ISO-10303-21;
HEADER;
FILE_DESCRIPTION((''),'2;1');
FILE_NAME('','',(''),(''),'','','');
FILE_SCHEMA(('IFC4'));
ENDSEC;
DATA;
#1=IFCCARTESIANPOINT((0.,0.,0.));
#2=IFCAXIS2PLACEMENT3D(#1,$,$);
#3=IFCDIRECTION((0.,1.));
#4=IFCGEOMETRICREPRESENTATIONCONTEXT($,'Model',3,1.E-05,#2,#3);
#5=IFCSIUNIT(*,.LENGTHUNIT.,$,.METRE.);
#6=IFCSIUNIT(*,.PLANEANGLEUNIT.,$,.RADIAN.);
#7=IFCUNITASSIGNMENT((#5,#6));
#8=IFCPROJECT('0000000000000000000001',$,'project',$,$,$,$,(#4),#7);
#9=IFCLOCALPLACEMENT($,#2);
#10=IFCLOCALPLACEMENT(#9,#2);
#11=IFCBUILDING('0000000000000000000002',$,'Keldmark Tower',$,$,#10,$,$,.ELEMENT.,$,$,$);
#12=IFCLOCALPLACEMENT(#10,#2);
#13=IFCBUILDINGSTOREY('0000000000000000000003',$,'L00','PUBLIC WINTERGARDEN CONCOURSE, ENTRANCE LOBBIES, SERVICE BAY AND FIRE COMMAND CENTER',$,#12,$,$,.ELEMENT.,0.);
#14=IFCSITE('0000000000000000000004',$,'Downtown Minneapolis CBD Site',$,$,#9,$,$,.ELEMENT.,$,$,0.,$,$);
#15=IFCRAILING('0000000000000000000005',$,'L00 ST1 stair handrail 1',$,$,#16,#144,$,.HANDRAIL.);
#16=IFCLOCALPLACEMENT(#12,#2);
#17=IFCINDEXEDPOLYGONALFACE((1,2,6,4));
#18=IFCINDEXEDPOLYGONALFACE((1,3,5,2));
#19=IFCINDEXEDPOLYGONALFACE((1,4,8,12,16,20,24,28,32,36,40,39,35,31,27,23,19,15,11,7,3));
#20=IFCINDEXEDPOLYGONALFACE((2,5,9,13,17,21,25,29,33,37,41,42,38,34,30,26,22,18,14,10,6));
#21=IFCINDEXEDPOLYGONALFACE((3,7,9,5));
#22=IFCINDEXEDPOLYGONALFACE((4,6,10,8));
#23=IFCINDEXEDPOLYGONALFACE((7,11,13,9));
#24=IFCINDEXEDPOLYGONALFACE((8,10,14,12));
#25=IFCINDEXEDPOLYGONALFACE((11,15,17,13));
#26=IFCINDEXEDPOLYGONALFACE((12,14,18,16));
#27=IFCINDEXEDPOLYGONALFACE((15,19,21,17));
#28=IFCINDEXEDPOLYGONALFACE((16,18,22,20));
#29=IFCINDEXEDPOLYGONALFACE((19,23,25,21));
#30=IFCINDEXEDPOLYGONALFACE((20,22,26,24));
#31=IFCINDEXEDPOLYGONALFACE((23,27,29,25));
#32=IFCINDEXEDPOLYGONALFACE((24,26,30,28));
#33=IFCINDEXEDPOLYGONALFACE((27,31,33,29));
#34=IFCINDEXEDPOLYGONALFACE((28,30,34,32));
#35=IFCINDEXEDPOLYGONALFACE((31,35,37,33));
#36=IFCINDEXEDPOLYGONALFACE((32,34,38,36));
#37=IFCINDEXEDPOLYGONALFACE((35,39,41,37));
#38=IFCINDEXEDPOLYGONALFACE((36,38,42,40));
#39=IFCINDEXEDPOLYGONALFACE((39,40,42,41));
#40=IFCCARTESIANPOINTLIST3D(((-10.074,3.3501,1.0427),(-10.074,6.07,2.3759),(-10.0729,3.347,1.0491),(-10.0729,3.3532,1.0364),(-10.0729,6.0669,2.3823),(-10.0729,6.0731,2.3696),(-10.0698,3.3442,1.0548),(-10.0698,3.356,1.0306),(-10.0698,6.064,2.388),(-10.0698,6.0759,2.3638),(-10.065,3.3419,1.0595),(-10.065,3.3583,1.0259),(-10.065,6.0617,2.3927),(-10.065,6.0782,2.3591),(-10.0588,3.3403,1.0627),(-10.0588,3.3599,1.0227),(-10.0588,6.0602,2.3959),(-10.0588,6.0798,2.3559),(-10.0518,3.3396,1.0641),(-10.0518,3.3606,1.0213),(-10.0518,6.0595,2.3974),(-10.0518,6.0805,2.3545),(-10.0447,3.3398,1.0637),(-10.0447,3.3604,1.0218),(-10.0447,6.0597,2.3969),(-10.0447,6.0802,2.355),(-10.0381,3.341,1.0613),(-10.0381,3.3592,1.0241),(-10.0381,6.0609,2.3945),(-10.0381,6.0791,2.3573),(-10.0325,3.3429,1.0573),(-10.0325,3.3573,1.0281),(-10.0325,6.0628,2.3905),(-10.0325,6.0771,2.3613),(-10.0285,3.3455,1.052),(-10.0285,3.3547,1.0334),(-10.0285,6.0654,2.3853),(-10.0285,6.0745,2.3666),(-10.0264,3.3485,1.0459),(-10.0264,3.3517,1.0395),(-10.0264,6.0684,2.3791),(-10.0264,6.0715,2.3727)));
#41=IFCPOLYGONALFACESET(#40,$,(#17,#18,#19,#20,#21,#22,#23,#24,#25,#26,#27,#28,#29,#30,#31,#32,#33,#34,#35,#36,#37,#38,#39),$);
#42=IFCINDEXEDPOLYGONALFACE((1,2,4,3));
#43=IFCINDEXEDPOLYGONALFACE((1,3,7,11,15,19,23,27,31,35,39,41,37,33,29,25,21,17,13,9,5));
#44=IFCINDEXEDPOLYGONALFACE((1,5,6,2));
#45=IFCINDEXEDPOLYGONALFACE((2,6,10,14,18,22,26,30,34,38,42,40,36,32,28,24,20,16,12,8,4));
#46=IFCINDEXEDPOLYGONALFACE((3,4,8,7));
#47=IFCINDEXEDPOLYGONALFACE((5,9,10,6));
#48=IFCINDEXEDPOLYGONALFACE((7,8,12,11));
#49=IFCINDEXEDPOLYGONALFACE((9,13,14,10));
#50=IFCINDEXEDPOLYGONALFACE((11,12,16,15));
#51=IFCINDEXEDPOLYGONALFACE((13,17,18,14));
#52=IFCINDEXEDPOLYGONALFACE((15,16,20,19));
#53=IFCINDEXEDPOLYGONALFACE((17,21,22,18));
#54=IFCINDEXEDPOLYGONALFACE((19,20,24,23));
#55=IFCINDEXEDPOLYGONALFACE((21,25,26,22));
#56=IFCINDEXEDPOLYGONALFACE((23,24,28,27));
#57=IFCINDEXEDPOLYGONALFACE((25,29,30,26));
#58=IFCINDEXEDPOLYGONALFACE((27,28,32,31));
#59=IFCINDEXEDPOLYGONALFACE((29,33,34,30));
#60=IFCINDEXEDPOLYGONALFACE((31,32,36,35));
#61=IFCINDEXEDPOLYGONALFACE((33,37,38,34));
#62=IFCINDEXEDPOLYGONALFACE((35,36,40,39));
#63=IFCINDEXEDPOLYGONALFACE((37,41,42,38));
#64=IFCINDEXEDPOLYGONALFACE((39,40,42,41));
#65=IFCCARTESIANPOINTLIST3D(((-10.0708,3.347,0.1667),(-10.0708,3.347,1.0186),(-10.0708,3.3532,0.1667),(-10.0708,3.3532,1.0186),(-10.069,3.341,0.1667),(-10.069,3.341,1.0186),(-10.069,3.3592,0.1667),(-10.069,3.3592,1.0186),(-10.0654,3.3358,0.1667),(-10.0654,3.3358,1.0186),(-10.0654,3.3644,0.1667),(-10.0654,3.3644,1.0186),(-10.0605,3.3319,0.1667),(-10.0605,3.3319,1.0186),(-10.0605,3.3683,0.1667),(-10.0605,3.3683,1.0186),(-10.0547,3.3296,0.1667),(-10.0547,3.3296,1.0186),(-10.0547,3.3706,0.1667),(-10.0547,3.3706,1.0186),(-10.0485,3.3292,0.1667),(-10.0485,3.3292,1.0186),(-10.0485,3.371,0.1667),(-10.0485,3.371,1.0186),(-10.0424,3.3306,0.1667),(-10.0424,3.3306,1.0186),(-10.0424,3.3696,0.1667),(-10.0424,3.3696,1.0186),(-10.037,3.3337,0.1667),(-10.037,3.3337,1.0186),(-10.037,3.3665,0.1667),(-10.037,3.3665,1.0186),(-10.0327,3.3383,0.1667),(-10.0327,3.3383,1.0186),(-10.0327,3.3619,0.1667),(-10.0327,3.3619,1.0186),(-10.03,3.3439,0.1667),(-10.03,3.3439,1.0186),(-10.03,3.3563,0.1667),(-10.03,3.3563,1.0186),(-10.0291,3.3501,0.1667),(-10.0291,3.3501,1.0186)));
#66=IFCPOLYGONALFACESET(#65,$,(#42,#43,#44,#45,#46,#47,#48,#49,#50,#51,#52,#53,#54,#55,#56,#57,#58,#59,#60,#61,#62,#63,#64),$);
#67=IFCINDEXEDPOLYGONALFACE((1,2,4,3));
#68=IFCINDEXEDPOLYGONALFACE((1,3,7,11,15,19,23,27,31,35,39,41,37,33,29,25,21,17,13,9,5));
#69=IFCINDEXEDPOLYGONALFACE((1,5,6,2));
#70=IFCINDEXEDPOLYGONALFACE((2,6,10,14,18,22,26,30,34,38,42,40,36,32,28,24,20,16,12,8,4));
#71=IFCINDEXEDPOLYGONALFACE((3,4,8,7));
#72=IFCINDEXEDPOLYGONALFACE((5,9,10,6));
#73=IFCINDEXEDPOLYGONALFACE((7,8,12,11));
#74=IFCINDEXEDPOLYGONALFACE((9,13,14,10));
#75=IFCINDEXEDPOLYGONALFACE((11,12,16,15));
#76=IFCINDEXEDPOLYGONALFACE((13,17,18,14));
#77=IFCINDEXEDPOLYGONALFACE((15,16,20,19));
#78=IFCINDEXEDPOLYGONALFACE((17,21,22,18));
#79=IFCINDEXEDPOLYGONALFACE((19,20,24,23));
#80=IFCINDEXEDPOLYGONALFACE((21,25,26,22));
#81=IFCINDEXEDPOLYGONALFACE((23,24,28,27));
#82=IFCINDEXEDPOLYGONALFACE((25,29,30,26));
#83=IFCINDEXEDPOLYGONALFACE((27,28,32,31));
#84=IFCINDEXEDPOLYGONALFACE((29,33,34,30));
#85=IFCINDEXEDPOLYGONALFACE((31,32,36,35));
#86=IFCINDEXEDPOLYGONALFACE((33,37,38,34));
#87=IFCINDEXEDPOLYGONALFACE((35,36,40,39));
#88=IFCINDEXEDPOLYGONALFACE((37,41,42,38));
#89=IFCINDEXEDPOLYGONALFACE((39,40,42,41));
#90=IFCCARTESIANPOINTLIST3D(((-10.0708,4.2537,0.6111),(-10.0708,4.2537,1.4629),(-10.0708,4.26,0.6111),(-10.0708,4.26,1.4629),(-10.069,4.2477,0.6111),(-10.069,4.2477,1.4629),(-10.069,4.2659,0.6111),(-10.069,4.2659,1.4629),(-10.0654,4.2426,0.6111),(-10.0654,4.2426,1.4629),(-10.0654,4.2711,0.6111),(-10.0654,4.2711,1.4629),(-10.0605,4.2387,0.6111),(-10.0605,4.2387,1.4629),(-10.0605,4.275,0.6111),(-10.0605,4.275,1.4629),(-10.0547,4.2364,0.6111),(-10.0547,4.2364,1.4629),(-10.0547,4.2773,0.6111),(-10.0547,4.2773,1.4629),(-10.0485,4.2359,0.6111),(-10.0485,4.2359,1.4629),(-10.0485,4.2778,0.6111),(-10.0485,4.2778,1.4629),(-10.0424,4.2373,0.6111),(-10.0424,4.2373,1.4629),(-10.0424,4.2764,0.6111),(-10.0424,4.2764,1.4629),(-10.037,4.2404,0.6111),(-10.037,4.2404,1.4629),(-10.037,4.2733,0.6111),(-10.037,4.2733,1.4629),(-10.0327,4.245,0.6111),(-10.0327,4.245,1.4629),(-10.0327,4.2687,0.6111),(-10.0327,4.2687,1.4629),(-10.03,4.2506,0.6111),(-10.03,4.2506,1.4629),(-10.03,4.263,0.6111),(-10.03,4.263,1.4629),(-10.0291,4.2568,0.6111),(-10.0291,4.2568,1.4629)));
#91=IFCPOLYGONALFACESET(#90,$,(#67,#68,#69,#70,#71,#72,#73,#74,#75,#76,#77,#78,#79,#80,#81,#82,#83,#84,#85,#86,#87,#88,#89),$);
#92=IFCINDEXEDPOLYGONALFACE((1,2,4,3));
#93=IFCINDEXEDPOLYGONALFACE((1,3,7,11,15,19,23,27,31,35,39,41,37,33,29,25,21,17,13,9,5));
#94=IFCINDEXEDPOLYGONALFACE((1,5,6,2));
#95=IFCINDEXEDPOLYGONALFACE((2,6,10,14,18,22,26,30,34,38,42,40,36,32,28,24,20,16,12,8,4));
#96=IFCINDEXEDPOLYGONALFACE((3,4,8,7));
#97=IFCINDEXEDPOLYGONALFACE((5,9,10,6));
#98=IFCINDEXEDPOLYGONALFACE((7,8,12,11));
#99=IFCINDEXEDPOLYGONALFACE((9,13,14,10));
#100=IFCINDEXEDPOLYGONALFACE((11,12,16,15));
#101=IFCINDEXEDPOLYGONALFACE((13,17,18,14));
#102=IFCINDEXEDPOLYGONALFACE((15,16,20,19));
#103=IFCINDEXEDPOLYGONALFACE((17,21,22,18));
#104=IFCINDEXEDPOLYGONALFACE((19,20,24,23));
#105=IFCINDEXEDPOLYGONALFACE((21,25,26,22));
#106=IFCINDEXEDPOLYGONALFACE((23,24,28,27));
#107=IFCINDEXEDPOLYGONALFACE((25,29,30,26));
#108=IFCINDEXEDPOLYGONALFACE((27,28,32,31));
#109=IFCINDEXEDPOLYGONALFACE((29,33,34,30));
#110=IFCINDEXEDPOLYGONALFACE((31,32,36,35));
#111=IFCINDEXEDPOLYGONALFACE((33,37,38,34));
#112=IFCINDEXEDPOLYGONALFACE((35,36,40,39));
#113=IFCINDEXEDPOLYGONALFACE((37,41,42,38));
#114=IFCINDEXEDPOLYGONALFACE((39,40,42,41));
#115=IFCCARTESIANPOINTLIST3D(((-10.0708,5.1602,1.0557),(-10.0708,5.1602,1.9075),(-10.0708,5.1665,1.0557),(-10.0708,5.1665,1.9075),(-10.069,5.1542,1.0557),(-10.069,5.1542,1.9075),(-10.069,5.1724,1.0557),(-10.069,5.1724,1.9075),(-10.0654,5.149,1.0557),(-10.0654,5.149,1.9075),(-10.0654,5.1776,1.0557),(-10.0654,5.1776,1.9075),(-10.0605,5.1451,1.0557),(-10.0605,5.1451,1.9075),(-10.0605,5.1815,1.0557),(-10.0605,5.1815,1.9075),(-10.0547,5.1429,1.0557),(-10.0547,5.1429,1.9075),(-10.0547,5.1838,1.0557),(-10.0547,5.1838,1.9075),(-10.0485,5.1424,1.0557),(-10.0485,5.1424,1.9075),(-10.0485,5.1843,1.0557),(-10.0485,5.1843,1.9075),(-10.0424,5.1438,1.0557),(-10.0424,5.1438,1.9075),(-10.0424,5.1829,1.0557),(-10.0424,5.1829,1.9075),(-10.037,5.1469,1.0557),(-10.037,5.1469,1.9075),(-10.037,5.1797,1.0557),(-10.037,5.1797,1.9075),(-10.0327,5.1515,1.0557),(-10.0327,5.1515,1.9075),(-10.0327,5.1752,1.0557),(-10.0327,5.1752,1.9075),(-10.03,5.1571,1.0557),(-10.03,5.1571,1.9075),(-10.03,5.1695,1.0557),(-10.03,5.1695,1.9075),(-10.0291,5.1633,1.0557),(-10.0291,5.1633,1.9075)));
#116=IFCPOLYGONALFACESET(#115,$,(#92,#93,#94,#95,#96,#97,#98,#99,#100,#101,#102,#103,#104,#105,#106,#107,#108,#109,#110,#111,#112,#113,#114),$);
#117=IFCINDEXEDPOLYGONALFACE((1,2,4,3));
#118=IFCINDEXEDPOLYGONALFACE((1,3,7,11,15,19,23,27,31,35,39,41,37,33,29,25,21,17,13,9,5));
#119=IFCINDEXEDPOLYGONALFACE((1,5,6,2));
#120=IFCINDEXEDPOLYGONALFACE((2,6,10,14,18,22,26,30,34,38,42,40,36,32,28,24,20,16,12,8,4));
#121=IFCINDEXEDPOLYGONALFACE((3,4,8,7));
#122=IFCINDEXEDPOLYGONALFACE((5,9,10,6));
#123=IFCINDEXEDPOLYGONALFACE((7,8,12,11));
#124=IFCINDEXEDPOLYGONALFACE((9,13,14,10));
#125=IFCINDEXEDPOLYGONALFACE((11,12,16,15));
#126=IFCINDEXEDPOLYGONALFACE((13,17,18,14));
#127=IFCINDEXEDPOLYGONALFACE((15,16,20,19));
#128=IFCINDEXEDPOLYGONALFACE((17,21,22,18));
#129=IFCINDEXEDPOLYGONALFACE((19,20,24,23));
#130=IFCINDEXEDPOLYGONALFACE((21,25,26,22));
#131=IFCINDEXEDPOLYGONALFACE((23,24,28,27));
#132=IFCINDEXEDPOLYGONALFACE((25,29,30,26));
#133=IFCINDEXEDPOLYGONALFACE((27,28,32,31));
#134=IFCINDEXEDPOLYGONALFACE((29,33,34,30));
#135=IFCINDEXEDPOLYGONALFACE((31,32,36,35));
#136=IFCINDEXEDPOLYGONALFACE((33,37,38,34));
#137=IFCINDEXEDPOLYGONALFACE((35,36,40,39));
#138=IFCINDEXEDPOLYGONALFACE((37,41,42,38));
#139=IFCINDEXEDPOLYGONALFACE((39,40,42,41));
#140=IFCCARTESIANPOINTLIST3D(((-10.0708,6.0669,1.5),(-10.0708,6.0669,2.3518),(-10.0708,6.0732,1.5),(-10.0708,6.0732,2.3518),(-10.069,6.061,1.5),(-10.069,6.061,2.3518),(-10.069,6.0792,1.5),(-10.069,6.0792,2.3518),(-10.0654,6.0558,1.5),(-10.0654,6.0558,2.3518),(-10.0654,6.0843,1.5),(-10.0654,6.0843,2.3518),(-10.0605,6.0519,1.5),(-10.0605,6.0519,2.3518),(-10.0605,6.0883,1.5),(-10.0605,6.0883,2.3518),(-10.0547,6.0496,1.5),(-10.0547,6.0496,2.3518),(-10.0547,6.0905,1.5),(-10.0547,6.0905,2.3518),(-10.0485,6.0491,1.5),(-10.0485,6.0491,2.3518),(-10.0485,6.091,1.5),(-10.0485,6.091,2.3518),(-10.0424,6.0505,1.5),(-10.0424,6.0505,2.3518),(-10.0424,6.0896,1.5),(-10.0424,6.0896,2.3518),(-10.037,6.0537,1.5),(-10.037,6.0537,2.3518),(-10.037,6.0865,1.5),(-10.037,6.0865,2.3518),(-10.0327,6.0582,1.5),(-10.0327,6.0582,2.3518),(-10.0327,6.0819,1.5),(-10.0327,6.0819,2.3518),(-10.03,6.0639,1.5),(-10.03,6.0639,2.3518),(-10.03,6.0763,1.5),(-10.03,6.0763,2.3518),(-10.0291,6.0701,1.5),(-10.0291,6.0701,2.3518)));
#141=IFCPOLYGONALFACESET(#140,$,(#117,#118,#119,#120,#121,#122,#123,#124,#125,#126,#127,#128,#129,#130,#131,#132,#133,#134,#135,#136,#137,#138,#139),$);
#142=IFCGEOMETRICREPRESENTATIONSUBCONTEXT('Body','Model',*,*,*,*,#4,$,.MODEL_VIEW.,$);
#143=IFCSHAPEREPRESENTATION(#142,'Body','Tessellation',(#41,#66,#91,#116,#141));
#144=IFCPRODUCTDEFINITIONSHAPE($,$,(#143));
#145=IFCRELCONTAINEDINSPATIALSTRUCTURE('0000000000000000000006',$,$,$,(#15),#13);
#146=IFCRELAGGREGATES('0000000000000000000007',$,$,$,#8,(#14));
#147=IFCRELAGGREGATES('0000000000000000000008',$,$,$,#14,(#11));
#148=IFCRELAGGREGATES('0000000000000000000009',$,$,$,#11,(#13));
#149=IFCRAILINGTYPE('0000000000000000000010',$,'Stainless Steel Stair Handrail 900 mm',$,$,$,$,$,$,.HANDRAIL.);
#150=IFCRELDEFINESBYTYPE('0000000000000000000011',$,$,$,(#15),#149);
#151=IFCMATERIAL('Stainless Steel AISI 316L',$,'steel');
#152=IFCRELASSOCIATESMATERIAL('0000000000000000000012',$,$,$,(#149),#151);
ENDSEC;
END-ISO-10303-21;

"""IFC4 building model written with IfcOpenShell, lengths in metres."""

from ifc_helpers import new_model, si_unit, direction, frame, origin, origin_2d, place, context, subcontext, project, spatial, circle, extrude, material, type_object, element, save


model = new_model("IFC4")

# Units and contexts
model_context = context("Model", 3, precision=1e-05, world=origin(), true_north=direction((0.0, 1.0)))
body_context = subcontext(model_context, "Body", "Model", "MODEL_VIEW")
ifc_project = project(units=[si_unit("LENGTHUNIT", "METRE"), si_unit("PLANEANGLEUNIT", "RADIAN")], contexts=[model_context])

# Site, building, storey
site_placement = place(None, origin())
site = spatial("IfcSite", under=ifc_project, at=site_placement, Name="Downtown Minneapolis CBD Site", CompositionType="ELEMENT", RefElevation=0.0)
building_placement = place(site_placement, origin())
building = spatial("IfcBuilding", under=site, at=building_placement, Name="Keldmark Tower", CompositionType="ELEMENT")
storey_placement = place(building_placement, origin())
storey = spatial("IfcBuildingStorey", under=building, at=storey_placement, Name="L00", Description="PUBLIC WINTERGARDEN CONCOURSE, ENTRANCE LOBBIES, SERVICE BAY AND FIRE COMMAND CENTER", CompositionType="ELEMENT", Elevation=0.0)

# Railing
ifc_material_1 = material(Name="Stainless Steel AISI 316L", Category="steel")
railing_type = type_object("IfcRailingType", Name="Stainless Steel Stair Handrail 900 mm", PredefinedType="HANDRAIL", material=ifc_material_1)
for number, where, name in (
    (1, (-10.05, 3.3501, 0.1667), "L00 ST1 stair handrail 1"),
):
    element("IfcRailing", number, at=place(storey_placement, frame(where)), inside=storey, type_object=railing_type, Name=name, PredefinedType="HANDRAIL", context=body_context, shape_type="SweptSolid", body=[
        extrude(circle(Radius=0.0239, at=origin_2d()), frame((0.0, 0.0, 0.876), z_axis=(0.0, 0.897929, 0.440139), x_axis=(-1.0, 0.0, 0.0)), (0.0, 0.0, 1.0), 3.0291),
        extrude(circle(Radius=0.021, at=origin_2d()), origin(), (0.0, 0.0, 1.0), 0.8518),
        extrude(circle(Radius=0.021, at=origin_2d()), frame((0.0, 0.9067, 0.4443)), (0.0, 0.0, 1.0), 0.8518),
        extrude(circle(Radius=0.021, at=origin_2d()), frame((0.0, 1.8132, 0.8889)), (0.0, 0.0, 1.0), 0.8518),
        extrude(circle(Radius=0.021, at=origin_2d()), frame((0.0, 2.72, 1.3333)), (0.0, 0.0, 1.0), 0.8518),
    ])

save(model, "model.ifc")
